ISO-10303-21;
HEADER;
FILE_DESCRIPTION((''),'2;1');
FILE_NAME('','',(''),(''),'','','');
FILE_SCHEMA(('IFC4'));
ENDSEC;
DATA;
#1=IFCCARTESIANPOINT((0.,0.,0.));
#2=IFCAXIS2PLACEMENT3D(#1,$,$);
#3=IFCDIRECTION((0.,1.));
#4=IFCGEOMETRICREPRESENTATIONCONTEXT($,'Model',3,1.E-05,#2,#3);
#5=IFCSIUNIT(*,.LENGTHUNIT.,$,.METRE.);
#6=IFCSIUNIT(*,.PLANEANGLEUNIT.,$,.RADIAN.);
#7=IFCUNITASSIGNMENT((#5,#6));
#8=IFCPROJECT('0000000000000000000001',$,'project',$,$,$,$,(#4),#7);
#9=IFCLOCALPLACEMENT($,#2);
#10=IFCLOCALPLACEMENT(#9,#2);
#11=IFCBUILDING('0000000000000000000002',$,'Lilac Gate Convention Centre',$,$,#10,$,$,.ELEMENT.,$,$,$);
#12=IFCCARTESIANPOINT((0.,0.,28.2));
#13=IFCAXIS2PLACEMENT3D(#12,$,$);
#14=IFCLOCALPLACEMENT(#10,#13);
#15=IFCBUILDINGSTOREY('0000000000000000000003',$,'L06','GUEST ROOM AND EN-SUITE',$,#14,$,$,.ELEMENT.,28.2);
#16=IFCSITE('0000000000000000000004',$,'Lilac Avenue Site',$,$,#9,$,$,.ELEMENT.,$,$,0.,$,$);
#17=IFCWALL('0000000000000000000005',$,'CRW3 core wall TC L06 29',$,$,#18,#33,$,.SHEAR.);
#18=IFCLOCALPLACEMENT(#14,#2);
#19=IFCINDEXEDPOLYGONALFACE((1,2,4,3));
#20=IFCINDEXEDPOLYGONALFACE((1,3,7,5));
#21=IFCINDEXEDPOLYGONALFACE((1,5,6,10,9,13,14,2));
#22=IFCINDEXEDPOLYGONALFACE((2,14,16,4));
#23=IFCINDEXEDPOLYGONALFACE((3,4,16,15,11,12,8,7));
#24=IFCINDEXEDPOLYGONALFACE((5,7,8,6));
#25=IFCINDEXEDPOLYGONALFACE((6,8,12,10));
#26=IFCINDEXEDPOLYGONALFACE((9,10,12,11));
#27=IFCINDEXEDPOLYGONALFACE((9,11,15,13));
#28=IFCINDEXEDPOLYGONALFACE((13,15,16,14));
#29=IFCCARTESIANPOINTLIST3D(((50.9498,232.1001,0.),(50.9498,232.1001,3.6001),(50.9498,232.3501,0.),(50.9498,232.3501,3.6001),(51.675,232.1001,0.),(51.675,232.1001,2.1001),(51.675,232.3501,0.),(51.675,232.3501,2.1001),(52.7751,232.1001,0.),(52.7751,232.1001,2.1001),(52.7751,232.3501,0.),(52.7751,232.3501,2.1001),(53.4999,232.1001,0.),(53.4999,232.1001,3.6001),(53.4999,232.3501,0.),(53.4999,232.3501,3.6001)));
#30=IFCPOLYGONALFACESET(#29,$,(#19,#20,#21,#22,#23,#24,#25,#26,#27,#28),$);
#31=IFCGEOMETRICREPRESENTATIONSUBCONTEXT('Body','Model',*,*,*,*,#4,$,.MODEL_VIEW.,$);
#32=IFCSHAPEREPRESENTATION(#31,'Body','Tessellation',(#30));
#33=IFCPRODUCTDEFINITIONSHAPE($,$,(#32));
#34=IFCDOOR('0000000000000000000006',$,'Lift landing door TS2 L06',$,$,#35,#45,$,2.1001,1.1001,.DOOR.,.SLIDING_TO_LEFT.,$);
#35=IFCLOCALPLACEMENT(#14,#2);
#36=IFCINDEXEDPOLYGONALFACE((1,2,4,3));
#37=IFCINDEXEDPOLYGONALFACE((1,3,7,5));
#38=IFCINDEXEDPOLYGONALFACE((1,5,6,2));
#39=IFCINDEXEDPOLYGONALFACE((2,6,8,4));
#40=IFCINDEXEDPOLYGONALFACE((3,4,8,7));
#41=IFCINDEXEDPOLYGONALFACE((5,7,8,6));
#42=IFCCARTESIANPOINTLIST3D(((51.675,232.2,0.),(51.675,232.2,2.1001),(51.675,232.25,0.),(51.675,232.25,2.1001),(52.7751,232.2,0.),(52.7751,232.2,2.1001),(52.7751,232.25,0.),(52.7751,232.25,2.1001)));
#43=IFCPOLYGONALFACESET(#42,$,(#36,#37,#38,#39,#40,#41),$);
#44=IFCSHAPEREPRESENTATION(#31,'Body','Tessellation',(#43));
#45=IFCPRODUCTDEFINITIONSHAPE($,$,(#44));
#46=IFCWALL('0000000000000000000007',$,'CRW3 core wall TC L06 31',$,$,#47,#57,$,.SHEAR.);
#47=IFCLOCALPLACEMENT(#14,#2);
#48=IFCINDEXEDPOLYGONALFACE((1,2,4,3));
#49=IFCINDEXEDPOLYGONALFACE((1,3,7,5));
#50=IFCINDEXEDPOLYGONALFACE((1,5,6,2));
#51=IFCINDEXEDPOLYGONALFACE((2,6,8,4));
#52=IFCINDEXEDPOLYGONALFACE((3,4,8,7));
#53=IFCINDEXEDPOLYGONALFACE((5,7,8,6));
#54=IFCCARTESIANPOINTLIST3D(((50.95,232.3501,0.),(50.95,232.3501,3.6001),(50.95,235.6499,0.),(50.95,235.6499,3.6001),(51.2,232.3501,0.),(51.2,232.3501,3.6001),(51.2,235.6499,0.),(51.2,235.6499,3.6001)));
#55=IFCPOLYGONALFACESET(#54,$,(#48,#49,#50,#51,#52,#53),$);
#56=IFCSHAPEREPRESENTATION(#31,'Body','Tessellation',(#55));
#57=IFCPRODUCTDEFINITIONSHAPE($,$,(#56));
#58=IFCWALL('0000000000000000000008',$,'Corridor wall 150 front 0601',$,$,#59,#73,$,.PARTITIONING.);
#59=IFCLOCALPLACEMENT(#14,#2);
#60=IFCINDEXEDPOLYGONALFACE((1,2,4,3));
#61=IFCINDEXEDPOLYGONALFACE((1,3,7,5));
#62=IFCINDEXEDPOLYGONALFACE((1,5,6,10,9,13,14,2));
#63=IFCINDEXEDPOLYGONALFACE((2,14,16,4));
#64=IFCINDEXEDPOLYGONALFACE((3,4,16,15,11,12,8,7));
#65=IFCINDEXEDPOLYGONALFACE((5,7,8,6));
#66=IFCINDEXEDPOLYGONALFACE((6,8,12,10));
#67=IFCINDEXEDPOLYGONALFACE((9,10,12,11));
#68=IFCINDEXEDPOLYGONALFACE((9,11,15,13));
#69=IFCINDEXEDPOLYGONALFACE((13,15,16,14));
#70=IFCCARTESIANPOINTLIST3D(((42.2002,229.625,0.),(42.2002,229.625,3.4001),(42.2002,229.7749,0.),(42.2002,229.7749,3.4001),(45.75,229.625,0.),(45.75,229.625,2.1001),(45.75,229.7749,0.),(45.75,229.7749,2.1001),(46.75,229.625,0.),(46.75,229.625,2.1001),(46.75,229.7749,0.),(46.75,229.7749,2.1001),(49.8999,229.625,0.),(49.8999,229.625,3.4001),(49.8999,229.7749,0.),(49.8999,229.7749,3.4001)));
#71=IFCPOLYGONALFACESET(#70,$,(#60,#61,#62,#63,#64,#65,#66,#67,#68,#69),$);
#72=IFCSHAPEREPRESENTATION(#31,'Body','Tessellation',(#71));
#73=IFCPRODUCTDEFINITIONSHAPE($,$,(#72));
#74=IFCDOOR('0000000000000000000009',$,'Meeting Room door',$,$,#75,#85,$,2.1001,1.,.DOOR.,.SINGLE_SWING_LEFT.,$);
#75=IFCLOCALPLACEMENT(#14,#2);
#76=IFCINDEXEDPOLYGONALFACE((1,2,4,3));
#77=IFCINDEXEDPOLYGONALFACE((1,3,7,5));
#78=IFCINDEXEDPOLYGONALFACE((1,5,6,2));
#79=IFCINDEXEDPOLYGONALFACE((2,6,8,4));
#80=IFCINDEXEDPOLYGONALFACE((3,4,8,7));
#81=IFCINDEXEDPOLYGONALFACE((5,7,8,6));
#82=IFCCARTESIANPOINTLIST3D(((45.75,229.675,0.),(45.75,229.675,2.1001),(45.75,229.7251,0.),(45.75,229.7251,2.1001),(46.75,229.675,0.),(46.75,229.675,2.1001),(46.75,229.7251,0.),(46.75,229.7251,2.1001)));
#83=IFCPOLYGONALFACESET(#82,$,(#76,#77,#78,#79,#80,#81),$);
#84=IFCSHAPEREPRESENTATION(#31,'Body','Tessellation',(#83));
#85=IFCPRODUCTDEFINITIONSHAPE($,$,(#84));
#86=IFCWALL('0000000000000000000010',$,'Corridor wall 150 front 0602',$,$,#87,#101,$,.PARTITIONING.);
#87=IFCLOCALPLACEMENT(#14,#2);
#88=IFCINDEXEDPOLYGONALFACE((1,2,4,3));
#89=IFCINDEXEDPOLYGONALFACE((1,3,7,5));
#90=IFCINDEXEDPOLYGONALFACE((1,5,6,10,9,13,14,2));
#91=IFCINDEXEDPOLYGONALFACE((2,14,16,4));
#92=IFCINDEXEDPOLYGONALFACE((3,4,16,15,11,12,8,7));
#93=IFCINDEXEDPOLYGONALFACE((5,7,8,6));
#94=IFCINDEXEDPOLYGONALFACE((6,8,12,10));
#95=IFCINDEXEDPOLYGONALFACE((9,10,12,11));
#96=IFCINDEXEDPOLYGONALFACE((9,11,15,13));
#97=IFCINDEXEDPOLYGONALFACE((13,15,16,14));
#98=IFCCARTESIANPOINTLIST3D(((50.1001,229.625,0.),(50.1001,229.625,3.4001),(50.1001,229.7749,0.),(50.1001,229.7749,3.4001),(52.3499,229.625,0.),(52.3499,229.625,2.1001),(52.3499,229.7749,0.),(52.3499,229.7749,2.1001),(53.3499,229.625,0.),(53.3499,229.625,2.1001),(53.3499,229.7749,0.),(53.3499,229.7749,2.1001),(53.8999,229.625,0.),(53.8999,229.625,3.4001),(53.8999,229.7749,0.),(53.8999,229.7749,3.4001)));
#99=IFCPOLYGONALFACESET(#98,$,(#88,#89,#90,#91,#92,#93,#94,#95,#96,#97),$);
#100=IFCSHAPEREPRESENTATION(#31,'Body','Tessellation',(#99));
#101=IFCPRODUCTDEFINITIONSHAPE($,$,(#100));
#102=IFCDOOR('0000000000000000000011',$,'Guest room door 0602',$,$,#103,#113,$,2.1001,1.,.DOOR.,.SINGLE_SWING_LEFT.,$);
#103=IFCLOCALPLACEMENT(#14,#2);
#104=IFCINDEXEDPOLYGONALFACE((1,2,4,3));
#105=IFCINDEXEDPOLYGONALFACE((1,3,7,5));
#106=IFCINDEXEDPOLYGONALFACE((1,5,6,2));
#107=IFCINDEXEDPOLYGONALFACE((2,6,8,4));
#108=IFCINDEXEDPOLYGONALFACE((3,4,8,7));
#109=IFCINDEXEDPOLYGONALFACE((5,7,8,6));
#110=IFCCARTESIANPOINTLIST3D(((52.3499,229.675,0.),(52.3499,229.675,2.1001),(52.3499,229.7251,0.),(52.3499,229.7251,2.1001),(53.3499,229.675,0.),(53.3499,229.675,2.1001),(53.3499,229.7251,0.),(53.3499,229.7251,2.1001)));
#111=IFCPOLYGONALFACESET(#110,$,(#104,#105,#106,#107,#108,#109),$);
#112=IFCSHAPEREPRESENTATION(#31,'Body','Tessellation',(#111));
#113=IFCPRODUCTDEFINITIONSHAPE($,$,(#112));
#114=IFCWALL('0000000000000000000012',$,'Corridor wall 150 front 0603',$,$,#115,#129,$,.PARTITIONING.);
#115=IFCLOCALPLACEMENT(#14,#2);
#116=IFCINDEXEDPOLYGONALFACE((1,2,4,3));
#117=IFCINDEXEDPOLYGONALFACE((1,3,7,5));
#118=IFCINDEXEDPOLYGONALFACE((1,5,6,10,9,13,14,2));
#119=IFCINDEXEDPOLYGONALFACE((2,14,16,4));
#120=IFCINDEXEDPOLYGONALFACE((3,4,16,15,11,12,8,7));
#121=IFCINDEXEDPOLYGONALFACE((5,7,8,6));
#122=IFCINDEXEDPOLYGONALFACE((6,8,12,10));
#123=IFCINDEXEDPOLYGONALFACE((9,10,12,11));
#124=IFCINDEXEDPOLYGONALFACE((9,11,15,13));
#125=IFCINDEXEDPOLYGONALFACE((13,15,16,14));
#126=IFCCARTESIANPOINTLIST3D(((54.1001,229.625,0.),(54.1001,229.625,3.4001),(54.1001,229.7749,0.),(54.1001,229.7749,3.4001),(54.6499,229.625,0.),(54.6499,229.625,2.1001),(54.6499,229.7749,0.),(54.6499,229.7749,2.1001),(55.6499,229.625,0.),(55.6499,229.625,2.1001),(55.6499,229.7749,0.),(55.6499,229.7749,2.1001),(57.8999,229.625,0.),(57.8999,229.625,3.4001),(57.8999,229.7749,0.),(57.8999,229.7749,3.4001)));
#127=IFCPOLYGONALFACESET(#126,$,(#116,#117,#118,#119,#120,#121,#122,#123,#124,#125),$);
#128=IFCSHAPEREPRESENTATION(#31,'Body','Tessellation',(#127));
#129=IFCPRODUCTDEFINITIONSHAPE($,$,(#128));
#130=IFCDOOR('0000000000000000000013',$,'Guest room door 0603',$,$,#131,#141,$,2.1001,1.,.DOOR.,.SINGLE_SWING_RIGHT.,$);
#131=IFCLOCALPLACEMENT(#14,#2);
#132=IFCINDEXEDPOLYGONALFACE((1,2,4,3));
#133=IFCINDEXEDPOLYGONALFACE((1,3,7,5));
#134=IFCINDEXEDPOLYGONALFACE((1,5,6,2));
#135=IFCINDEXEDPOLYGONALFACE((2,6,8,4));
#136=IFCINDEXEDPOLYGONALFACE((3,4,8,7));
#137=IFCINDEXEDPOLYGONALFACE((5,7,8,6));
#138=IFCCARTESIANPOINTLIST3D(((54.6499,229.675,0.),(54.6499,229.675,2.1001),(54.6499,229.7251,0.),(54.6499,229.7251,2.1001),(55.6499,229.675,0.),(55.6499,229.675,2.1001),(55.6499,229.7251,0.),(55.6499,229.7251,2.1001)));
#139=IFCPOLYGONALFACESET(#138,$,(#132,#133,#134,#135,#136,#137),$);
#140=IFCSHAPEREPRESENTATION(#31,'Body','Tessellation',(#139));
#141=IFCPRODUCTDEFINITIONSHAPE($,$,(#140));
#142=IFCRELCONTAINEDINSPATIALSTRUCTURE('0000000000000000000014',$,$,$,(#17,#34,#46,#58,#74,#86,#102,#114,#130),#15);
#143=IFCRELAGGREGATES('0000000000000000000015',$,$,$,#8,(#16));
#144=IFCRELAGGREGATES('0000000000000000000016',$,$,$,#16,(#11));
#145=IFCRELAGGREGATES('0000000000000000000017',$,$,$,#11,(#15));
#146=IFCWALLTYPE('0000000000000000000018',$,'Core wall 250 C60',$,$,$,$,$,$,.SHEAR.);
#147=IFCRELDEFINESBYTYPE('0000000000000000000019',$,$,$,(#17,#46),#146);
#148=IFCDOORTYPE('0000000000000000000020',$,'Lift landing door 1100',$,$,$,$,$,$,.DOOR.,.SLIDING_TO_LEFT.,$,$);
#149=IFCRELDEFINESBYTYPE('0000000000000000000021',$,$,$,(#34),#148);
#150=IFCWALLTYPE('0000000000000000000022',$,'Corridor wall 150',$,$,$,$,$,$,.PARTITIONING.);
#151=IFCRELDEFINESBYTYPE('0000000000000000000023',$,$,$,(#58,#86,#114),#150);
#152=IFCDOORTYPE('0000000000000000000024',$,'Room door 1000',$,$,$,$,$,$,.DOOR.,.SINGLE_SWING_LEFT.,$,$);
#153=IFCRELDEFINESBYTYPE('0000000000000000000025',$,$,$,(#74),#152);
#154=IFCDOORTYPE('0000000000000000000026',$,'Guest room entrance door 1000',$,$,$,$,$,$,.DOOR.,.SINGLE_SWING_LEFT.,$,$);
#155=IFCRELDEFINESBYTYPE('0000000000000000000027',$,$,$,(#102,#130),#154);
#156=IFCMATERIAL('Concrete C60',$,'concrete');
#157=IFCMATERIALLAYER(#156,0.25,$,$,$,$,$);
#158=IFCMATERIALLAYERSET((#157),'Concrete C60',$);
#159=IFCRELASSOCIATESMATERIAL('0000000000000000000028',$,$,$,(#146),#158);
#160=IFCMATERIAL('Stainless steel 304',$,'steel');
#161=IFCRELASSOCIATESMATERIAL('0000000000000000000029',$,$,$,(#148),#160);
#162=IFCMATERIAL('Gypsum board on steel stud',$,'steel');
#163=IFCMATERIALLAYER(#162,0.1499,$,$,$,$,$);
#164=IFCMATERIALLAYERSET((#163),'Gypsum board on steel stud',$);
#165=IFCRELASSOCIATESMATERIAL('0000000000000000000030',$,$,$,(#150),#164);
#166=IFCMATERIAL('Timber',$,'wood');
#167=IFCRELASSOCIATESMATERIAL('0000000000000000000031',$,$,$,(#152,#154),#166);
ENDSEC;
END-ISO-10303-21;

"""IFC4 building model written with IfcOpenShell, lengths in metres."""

from ifc_helpers import new_model, si_unit, direction, frame, frame_2d, origin, place, context, subcontext, project, spatial, rectangle, extrude, material, layer, layer_set, type_object, element, fill, save


model = new_model("IFC4")

# Units and contexts
model_context = context("Model", 3, precision=1e-05, world=origin(), true_north=direction((0.0, 1.0)))
body_context = subcontext(model_context, "Body", "Model", "MODEL_VIEW")
ifc_project = project(units=[si_unit("LENGTHUNIT", "METRE"), si_unit("PLANEANGLEUNIT", "RADIAN")], contexts=[model_context])

# Site, building, storey
site_placement = place(None, origin())
site = spatial("IfcSite", under=ifc_project, at=site_placement, Name="Lilac Avenue Site", CompositionType="ELEMENT", RefElevation=0.0)
building_placement = place(site_placement, origin())
building = spatial("IfcBuilding", under=site, at=building_placement, Name="Lilac Gate Convention Centre", CompositionType="ELEMENT")
storey_placement = place(building_placement, frame((0.0, 0.0, 28.2)))
storey = spatial("IfcBuildingStorey", under=building, at=storey_placement, Name="L06", Description="GUEST ROOM AND EN-SUITE", CompositionType="ELEMENT", Elevation=28.2)

# Shared definitions
ifc_material_1 = material(Name="Concrete C60", Category="concrete")
ifc_layer_1 = layer(ifc_material_1, 0.25)
ifc_layer_set_1 = layer_set([ifc_layer_1], Name="Concrete C60")
wall_type_1 = type_object("IfcWallType", Name="Core wall 250 C60", PredefinedType="SHEAR", material=ifc_layer_set_1)
ifc_material_2 = material(Name="Stainless steel 304", Category="steel")
door_type_1 = type_object("IfcDoorType", Name="Lift landing door 1100", OperationType="SLIDING_TO_LEFT", PredefinedType="DOOR", material=ifc_material_2)

# Wall, opening, door
wall_1_placement = place(storey_placement, frame((50.95, 232.2251, 0.0), z_axis=(0.0, 0.0, 1.0), x_axis=(1.0, 0.0, 0.0)))
wall_1 = element("IfcWall", 1, at=wall_1_placement, inside=storey, type_object=wall_type_1, Name="CRW3 core wall TC L06 29", PredefinedType="SHEAR", context=body_context, shape_type="SweptSolid", body=[
    extrude(rectangle(XDim=2.55, YDim=0.25, at=frame_2d((1.2749, 0.0))), origin(), (0.0, 0.0, 1.0), 3.6001),
])
opening_1_placement = place(wall_1_placement, frame((0.7251, 0.0, 0.0)))
opening_1 = element("IfcOpeningElement", 2, at=opening_1_placement, cuts=wall_1, PredefinedType="OPENING", context=body_context, shape_type="SweptSolid", body=[
    extrude(rectangle(XDim=1.1001, YDim=2.1001, at=frame_2d((0.55, 1.05))), frame((0.0, 0.135, 0.0), z_axis=(0.0, -1.0, 0.0), x_axis=(1.0, 0.0, 0.0)), (0.0, 0.0, 1.0), 0.27),
])
door_1_placement = place(opening_1_placement, origin())
door_1 = element("IfcDoor", 3, at=door_1_placement, inside=storey, type_object=door_type_1, Name="Lift landing door TS2 L06", OperationType="SLIDING_TO_LEFT", OverallHeight=2.1001, OverallWidth=1.1001, PredefinedType="DOOR", context=body_context, shape_type="SweptSolid", body=[
    extrude(rectangle(XDim=1.1001, YDim=2.1001, at=frame_2d((0.55, 1.05))), frame((0.0, 0.0249, 0.0), z_axis=(0.0, -1.0, 0.0), x_axis=(1.0, 0.0, 0.0)), (0.0, 0.0, 1.0), 0.05),
])
fill(opening_1, door_1)

# Wall
wall_2_placement = place(storey_placement, frame((51.075, 232.3501, 0.0), z_axis=(0.0, 0.0, 1.0), x_axis=(0.0, 1.0, 0.0)))
element("IfcWall", 4, at=wall_2_placement, inside=storey, type_object=wall_type_1, Name="CRW3 core wall TC L06 31", PredefinedType="SHEAR", context=body_context, shape_type="SweptSolid", body=[
    extrude(rectangle(XDim=3.2998, YDim=0.25, at=frame_2d((1.6499, 0.0))), origin(), (0.0, 0.0, 1.0), 3.6001),
])

# Walls, openings, doors
ifc_material_3 = material(Name="Gypsum board on steel stud", Category="steel")
ifc_layer_2 = layer(ifc_material_3, 0.1499)
ifc_layer_set_2 = layer_set([ifc_layer_2], Name="Gypsum board on steel stud")
wall_type_2 = type_object("IfcWallType", Name="Corridor wall 150", PredefinedType="PARTITIONING", material=ifc_layer_set_2)
wall_3_placement = place(storey_placement, frame((49.8999, 229.7, 0.0), z_axis=(0.0, 0.0, 1.0), x_axis=(-1.0, 0.0, 0.0)))
wall_3 = element("IfcWall", 5, at=wall_3_placement, inside=storey, type_object=wall_type_2, Name="Corridor wall 150 front 0601", PredefinedType="PARTITIONING", context=body_context, shape_type="SweptSolid", body=[
    extrude(rectangle(XDim=7.6997, YDim=0.1499, at=frame_2d((3.8499, 0.0))), origin(), (0.0, 0.0, 1.0), 3.4001),
])
opening_2_placement = place(wall_3_placement, frame((3.1499, 0.0, 0.0)))
opening_2 = element("IfcOpeningElement", 6, at=opening_2_placement, cuts=wall_3, PredefinedType="OPENING", context=body_context, shape_type="SweptSolid", body=[
    extrude(rectangle(XDim=1.0, YDim=2.1001, at=frame_2d((0.5, 1.05))), frame((0.0, 0.085, 0.0), z_axis=(0.0, -1.0, 0.0), x_axis=(1.0, 0.0, 0.0)), (0.0, 0.0, 1.0), 0.1699),
])
ifc_material_4 = material(Name="Timber", Category="wood")
door_type_2 = type_object("IfcDoorType", Name="Room door 1000", OperationType="SINGLE_SWING_LEFT", PredefinedType="DOOR", material=ifc_material_4)
door_2_placement = place(opening_2_placement, origin())
door_2 = element("IfcDoor", 7, at=door_2_placement, inside=storey, type_object=door_type_2, Name="Meeting Room door", OperationType="SINGLE_SWING_LEFT", OverallHeight=2.1001, OverallWidth=1.0, PredefinedType="DOOR", context=body_context, shape_type="SweptSolid", body=[
    extrude(rectangle(XDim=1.0, YDim=2.1001, at=frame_2d((0.5, 1.05))), frame((0.0, 0.0249, 0.0), z_axis=(0.0, -1.0, 0.0), x_axis=(1.0, 0.0, 0.0)), (0.0, 0.0, 1.0), 0.05),
])
fill(opening_2, door_2)
wall_4_placement = place(storey_placement, frame((53.8999, 229.7, 0.0), z_axis=(0.0, 0.0, 1.0), x_axis=(-1.0, 0.0, 0.0)))
wall_4 = element("IfcWall", 8, at=wall_4_placement, inside=storey, type_object=wall_type_2, Name="Corridor wall 150 front 0602", PredefinedType="PARTITIONING", context=body_context, shape_type="SweptSolid", body=[
    extrude(rectangle(XDim=3.7998, YDim=0.1499, at=frame_2d((1.8999, 0.0))), origin(), (0.0, 0.0, 1.0), 3.4001),
])
opening_3_placement = place(wall_4_placement, frame((0.55, 0.0, 0.0)))
opening_3 = element("IfcOpeningElement", 9, at=opening_3_placement, cuts=wall_4, PredefinedType="OPENING", context=body_context, shape_type="SweptSolid", body=[
    extrude(rectangle(XDim=1.0, YDim=2.1001, at=frame_2d((0.5, 1.05))), frame((0.0, 0.085, 0.0), z_axis=(0.0, -1.0, 0.0), x_axis=(1.0, 0.0, 0.0)), (0.0, 0.0, 1.0), 0.1699),
])
door_type_3 = type_object("IfcDoorType", Name="Guest room entrance door 1000", OperationType="SINGLE_SWING_LEFT", PredefinedType="DOOR", material=ifc_material_4)
door_3_placement = place(opening_3_placement, origin())
door_3 = element("IfcDoor", 10, at=door_3_placement, inside=storey, type_object=door_type_3, Name="Guest room door 0602", OperationType="SINGLE_SWING_LEFT", OverallHeight=2.1001, OverallWidth=1.0, PredefinedType="DOOR", context=body_context, shape_type="SweptSolid", body=[
    extrude(rectangle(XDim=1.0, YDim=2.1001, at=frame_2d((0.5, 1.05))), frame((0.0, 0.0249, 0.0), z_axis=(0.0, -1.0, 0.0), x_axis=(1.0, 0.0, 0.0)), (0.0, 0.0, 1.0), 0.05),
])
fill(opening_3, door_3)
wall_5_placement = place(storey_placement, frame((57.8999, 229.7, 0.0), z_axis=(0.0, 0.0, 1.0), x_axis=(-1.0, 0.0, 0.0)))
wall_5 = element("IfcWall", 11, at=wall_5_placement, inside=storey, type_object=wall_type_2, Name="Corridor wall 150 front 0603", PredefinedType="PARTITIONING", context=body_context, shape_type="SweptSolid", body=[
    extrude(rectangle(XDim=3.7998, YDim=0.1499, at=frame_2d((1.8999, 0.0))), origin(), (0.0, 0.0, 1.0), 3.4001),
])
opening_4_placement = place(wall_5_placement, frame((2.25, 0.0, 0.0)))
opening_4 = element("IfcOpeningElement", 12, at=opening_4_placement, cuts=wall_5, PredefinedType="OPENING", context=body_context, shape_type="SweptSolid", body=[
    extrude(rectangle(XDim=1.0, YDim=2.1001, at=frame_2d((0.5, 1.05))), frame((0.0, 0.085, 0.0), z_axis=(0.0, -1.0, 0.0), x_axis=(1.0, 0.0, 0.0)), (0.0, 0.0, 1.0), 0.1699),
])
door_4_placement = place(opening_4_placement, origin())
door_4 = element("IfcDoor", 13, at=door_4_placement, inside=storey, type_object=door_type_3, Name="Guest room door 0603", OperationType="SINGLE_SWING_RIGHT", OverallHeight=2.1001, OverallWidth=1.0, PredefinedType="DOOR", context=body_context, shape_type="SweptSolid", body=[
    extrude(rectangle(XDim=1.0, YDim=2.1001, at=frame_2d((0.5, 1.05))), frame((0.0, 0.0249, 0.0), z_axis=(0.0, -1.0, 0.0), x_axis=(1.0, 0.0, 0.0)), (0.0, 0.0, 1.0), 0.05),
])
fill(opening_4, door_4)

save(model, "model.ifc")
